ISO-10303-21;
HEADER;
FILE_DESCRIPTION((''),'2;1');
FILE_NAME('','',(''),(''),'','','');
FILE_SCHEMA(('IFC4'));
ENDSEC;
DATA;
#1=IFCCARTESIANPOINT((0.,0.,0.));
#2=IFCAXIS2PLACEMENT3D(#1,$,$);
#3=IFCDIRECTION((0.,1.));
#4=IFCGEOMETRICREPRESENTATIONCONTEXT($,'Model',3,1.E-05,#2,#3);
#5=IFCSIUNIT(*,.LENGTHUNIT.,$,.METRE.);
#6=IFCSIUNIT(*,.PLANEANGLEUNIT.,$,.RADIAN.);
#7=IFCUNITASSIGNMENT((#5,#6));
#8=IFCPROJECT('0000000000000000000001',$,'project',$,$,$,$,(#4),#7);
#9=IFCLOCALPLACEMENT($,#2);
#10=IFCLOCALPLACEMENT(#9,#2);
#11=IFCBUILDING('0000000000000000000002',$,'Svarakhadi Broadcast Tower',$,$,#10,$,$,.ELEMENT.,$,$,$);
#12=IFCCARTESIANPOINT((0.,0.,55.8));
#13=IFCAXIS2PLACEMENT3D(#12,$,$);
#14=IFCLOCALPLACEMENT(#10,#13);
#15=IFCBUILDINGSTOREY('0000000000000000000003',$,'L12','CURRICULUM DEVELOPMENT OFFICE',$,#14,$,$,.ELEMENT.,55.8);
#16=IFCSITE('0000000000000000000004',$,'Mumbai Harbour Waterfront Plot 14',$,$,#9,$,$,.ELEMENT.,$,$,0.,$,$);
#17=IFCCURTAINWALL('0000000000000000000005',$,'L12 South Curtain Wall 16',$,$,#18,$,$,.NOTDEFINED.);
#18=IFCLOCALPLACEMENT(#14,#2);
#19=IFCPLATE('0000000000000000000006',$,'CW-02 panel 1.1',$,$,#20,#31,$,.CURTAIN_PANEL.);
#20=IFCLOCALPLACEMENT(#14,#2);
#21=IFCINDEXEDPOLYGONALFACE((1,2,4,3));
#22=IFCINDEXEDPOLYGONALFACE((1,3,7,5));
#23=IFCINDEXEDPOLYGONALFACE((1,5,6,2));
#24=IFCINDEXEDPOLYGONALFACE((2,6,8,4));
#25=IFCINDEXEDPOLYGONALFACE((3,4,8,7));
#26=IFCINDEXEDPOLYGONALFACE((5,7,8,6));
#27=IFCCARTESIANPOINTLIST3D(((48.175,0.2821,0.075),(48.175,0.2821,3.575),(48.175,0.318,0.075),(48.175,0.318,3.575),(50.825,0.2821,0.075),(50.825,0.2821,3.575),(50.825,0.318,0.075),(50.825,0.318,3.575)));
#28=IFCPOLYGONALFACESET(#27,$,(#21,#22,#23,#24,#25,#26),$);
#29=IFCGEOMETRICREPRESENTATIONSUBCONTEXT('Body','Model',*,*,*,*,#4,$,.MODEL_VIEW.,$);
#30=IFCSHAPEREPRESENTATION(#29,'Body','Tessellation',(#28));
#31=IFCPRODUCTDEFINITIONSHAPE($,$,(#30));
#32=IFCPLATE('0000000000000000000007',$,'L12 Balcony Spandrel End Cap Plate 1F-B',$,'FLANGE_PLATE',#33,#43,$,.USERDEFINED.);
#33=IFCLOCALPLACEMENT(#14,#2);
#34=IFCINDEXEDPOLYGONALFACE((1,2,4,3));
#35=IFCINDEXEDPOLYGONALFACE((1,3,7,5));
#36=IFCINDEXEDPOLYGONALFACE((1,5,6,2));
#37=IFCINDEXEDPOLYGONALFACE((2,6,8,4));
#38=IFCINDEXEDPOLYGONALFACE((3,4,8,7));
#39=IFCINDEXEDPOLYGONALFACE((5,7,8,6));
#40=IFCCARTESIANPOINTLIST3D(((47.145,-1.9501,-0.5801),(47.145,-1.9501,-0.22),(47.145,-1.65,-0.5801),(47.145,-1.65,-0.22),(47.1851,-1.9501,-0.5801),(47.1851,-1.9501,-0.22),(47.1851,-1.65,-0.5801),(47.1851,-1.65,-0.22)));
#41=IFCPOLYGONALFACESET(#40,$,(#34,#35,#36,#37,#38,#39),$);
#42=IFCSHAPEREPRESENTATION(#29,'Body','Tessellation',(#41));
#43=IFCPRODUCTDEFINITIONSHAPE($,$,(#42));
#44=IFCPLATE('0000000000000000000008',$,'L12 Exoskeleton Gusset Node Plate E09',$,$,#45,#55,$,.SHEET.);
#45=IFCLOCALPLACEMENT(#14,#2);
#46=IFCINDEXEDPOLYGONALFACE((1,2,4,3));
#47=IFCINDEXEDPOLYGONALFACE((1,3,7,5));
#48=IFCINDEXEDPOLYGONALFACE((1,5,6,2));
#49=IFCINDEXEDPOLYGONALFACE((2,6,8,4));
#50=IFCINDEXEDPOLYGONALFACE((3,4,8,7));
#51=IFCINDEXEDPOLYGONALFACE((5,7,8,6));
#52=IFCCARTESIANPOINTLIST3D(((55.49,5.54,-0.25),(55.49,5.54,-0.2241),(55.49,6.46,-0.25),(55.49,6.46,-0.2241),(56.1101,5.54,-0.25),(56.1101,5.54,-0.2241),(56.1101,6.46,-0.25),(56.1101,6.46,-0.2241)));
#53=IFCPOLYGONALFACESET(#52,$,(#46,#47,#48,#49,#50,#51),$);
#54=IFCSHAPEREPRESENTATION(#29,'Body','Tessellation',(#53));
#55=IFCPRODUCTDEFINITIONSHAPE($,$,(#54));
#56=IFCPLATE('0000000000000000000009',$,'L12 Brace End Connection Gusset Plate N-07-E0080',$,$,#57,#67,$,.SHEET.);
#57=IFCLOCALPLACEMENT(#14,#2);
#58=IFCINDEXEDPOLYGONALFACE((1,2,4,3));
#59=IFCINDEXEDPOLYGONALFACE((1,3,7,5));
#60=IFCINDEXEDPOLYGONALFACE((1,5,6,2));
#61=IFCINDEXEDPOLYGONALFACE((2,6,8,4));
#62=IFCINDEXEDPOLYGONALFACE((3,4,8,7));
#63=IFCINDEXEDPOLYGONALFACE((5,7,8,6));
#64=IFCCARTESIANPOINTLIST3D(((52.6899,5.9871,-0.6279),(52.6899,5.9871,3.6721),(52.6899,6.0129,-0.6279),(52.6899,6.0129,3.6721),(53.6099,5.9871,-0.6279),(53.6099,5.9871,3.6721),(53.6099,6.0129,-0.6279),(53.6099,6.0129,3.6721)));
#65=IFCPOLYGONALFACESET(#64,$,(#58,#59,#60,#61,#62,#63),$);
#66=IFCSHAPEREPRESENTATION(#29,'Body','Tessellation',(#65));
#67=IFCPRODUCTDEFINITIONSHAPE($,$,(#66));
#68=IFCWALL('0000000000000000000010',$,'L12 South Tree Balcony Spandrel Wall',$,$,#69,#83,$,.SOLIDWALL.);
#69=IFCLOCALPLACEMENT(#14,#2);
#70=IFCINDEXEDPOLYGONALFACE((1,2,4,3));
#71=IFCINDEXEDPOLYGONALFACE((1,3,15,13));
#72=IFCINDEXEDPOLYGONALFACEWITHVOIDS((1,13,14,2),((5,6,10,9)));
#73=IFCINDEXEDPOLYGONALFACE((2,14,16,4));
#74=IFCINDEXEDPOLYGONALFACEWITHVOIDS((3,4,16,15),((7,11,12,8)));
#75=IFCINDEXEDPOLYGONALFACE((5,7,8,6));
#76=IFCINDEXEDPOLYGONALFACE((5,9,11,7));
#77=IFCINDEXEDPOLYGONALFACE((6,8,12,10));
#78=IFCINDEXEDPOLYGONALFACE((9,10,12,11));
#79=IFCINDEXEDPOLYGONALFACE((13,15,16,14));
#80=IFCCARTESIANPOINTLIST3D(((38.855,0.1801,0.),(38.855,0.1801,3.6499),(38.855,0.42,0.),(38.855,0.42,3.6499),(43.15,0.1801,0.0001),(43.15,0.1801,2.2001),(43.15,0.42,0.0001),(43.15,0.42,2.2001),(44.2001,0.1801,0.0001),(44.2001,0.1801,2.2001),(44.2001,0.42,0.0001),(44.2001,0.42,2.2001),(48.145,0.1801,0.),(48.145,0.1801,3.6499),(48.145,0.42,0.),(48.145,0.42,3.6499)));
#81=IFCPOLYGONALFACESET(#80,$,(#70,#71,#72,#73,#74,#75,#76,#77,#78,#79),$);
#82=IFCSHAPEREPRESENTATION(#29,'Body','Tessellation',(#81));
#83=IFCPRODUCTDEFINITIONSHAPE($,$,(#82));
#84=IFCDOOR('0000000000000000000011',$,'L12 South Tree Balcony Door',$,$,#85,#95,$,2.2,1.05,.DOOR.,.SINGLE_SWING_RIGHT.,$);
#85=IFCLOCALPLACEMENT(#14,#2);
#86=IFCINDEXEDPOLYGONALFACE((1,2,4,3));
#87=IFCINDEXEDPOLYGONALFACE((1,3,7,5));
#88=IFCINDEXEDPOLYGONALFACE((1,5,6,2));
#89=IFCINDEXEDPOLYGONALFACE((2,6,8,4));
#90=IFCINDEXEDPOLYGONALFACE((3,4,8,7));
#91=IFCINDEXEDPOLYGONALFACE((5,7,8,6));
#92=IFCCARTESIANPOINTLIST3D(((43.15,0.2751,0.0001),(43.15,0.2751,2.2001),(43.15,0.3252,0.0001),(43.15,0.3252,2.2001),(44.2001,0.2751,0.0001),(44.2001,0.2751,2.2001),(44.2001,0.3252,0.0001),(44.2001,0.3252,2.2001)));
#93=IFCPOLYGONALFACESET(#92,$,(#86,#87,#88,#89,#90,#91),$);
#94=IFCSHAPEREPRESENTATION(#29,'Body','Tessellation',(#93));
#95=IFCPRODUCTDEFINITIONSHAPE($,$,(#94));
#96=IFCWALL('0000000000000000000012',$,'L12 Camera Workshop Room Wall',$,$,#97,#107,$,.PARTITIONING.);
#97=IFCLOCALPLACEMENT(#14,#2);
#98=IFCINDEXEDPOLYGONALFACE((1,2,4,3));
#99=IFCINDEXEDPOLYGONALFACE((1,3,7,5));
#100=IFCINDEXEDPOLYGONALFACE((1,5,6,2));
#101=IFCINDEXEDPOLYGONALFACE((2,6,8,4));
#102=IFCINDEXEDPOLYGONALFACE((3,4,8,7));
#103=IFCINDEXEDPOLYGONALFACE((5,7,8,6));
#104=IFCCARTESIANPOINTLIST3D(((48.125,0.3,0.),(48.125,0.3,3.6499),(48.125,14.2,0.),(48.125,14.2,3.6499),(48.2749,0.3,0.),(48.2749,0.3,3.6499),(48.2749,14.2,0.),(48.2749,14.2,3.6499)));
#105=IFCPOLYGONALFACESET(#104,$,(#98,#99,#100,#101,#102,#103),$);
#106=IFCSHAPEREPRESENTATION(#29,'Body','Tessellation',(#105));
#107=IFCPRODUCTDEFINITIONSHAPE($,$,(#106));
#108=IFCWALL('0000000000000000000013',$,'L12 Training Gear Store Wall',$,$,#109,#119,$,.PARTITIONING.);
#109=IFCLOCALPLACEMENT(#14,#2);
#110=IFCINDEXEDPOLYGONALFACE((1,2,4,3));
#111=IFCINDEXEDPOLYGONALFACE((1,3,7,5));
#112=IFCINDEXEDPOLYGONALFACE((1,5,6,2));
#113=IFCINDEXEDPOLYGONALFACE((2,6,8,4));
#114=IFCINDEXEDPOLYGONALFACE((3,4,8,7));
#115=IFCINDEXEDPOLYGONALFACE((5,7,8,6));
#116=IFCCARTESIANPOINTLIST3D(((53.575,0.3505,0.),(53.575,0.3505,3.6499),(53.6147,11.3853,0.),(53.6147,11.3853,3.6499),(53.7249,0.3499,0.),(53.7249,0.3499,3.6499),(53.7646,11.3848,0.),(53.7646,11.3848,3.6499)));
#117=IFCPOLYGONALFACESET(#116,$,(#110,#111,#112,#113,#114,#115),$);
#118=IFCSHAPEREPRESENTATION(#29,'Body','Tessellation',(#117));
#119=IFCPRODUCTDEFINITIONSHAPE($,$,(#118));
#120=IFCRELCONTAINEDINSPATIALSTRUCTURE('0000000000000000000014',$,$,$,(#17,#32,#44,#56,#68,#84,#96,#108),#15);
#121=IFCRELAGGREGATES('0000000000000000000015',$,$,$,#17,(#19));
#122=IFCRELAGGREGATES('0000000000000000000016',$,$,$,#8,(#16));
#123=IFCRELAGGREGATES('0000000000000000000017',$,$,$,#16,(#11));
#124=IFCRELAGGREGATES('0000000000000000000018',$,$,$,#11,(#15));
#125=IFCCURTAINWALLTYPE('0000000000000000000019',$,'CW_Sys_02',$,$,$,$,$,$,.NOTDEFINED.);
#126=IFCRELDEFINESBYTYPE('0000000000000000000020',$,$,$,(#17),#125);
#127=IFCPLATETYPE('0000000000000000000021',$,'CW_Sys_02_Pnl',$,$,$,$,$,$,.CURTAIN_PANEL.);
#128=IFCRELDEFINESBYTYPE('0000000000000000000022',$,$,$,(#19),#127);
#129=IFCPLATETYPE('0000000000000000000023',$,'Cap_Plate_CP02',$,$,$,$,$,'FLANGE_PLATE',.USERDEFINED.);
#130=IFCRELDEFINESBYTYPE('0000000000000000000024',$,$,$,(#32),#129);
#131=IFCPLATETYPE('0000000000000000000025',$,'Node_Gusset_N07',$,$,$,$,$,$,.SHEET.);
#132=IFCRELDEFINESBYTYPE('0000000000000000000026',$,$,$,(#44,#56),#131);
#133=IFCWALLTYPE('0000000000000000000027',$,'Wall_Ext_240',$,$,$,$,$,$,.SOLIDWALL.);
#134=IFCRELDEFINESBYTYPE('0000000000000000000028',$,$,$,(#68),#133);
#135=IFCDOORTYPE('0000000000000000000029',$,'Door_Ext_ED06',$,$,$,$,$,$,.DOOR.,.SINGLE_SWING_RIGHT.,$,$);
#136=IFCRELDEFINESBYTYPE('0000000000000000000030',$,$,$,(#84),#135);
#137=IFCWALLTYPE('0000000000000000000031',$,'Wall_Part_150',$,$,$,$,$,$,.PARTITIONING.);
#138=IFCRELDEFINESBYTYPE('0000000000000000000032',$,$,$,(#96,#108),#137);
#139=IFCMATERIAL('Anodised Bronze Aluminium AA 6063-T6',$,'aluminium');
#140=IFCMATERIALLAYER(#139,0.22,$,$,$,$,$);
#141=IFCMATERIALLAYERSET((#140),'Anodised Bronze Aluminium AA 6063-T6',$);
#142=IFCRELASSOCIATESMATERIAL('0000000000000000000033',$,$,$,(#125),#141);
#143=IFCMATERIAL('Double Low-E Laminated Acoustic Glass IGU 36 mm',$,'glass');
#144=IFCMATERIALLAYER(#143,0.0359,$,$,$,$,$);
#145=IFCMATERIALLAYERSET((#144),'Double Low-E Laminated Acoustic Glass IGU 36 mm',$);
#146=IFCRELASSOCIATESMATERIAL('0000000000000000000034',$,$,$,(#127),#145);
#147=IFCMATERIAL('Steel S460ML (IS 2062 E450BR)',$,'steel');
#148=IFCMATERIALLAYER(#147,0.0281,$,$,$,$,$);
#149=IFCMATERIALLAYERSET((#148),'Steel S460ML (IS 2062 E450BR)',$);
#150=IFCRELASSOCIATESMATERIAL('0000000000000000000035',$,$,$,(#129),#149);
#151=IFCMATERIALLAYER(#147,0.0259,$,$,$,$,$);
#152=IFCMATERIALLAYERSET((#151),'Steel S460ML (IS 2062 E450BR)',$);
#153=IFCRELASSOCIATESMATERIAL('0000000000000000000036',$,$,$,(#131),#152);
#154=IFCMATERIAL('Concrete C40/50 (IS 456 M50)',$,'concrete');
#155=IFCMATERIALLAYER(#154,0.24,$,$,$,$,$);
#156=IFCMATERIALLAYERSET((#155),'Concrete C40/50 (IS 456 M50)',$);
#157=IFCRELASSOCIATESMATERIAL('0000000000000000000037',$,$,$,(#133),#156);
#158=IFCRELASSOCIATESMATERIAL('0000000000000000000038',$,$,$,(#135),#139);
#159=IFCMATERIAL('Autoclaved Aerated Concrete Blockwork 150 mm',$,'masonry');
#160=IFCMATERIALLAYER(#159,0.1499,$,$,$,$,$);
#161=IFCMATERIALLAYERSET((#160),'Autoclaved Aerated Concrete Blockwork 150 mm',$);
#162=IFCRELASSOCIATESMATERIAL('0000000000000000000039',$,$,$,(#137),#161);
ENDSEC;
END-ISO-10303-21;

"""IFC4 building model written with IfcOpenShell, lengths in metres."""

from ifc_helpers import new_model, si_unit, direction, frame, frame_2d, origin, origin_2d, place, context, subcontext, project, spatial, rectangle, extrude, material, layer, layer_set, type_object, element, fill, aggregate, save


model = new_model("IFC4")

# Units and contexts
model_context = context("Model", 3, precision=1e-05, world=origin(), true_north=direction((0.0, 1.0)))
body_context = subcontext(model_context, "Body", "Model", "MODEL_VIEW")
ifc_project = project(units=[si_unit("LENGTHUNIT", "METRE"), si_unit("PLANEANGLEUNIT", "RADIAN")], contexts=[model_context])

# Site, building, storey
site_placement = place(None, origin())
site = spatial("IfcSite", under=ifc_project, at=site_placement, Name="Mumbai Harbour Waterfront Plot 14", CompositionType="ELEMENT", RefElevation=0.0)
building_placement = place(site_placement, origin())
building = spatial("IfcBuilding", under=site, at=building_placement, Name="Svarakhadi Broadcast Tower", CompositionType="ELEMENT")
storey_placement = place(building_placement, frame((0.0, 0.0, 55.8)))
storey = spatial("IfcBuildingStorey", under=building, at=storey_placement, Name="L12", Description="CURRICULUM DEVELOPMENT OFFICE", CompositionType="ELEMENT", Elevation=55.8)

# Curtain wall
ifc_material_1 = material(Name="Anodised Bronze Aluminium AA 6063-T6", Category="aluminium")
ifc_layer_1 = layer(ifc_material_1, 0.22)
ifc_layer_set_1 = layer_set([ifc_layer_1], Name="Anodised Bronze Aluminium AA 6063-T6")
curtain_wall_type = type_object("IfcCurtainWallType", Name="CW_Sys_02", PredefinedType="NOTDEFINED", material=ifc_layer_set_1)
curtain_wall_1_placement = place(storey_placement, origin())
curtain_wall_1 = element("IfcCurtainWall", 1, at=curtain_wall_1_placement, inside=storey, type_object=curtain_wall_type, Name="L12 South Curtain Wall 16", PredefinedType="NOTDEFINED")

# Shared definitions
ifc_material_2 = material(Name="Steel S460ML (IS 2062 E450BR)", Category="steel")

# Plate
ifc_material_3 = material(Name="Double Low-E Laminated Acoustic Glass IGU 36 mm", Category="glass")
ifc_layer_2 = layer(ifc_material_3, 0.0359)
ifc_layer_set_2 = layer_set([ifc_layer_2], Name="Double Low-E Laminated Acoustic Glass IGU 36 mm")
plate_type_1 = type_object("IfcPlateType", Name="CW_Sys_02_Pnl", PredefinedType="CURTAIN_PANEL", material=ifc_layer_set_2)
plate_1_placement = place(storey_placement, frame((49.5, 0.3, 0.075), z_axis=(0.0, 0.0, 1.0), x_axis=(-1.0, 0.0, 0.0)))
plate_1 = element("IfcPlate", 2, at=plate_1_placement, type_object=plate_type_1, Name="CW-02 panel 1.1", PredefinedType="CURTAIN_PANEL", context=body_context, shape_type="SweptSolid", body=[
    extrude(rectangle(XDim=2.6499, YDim=0.0359, at=origin_2d()), origin(), (0.0, 0.0, 1.0), 3.5),
])
aggregate(curtain_wall_1, [plate_1])

# Plates
ifc_layer_3 = layer(ifc_material_2, 0.0281)
ifc_layer_set_3 = layer_set([ifc_layer_3], Name="Steel S460ML (IS 2062 E450BR)")
plate_type_2 = type_object("IfcPlateType", Name="Cap_Plate_CP02", ElementType="FLANGE_PLATE", PredefinedType="USERDEFINED", material=ifc_layer_set_3)
plate_2_placement = place(storey_placement, frame((47.165, -1.8, -0.5801), z_axis=(0.0, 0.0, 1.0), x_axis=(1.0, 0.0, 0.0)))
element("IfcPlate", 3, at=plate_2_placement, inside=storey, type_object=plate_type_2, Name="L12 Balcony Spandrel End Cap Plate 1F-B", ObjectType="FLANGE_PLATE", PredefinedType="USERDEFINED", context=body_context, shape_type="SweptSolid", body=[
    extrude(rectangle(XDim=0.04, YDim=0.3, at=origin_2d()), origin(), (0.0, 0.0, 1.0), 0.3601),
])
ifc_layer_4 = layer(ifc_material_2, 0.0259)
ifc_layer_set_4 = layer_set([ifc_layer_4], Name="Steel S460ML (IS 2062 E450BR)")
plate_type_3 = type_object("IfcPlateType", Name="Node_Gusset_N07", PredefinedType="SHEET", material=ifc_layer_set_4)
plate_3_placement = place(storey_placement, frame((55.8, 6.0, -0.25), z_axis=(0.0, 0.0, 1.0), x_axis=(0.0, 1.0, 0.0)))
element("IfcPlate", 4, at=plate_3_placement, inside=storey, type_object=plate_type_3, Name="L12 Exoskeleton Gusset Node Plate E09", PredefinedType="SHEET", context=body_context, shape_type="SweptSolid", body=[
    extrude(rectangle(XDim=0.9199, YDim=0.6201, at=origin_2d()), origin(), (0.0, 0.0, 1.0), 0.0259),
])
plate_4_placement = place(storey_placement, frame((53.1499, 6.0, -0.6279), z_axis=(0.0, 0.0, 1.0), x_axis=(1.0, 0.0, 0.0)))
element("IfcPlate", 5, at=plate_4_placement, inside=storey, type_object=plate_type_3, Name="L12 Brace End Connection Gusset Plate N-07-E0080", PredefinedType="SHEET", context=body_context, shape_type="SweptSolid", body=[
    extrude(rectangle(XDim=0.9199, YDim=0.0259, at=origin_2d()), origin(), (0.0, 0.0, 1.0), 4.3),
])

# Wall, opening, door
ifc_material_4 = material(Name="Concrete C40/50 (IS 456 M50)", Category="concrete")
ifc_layer_5 = layer(ifc_material_4, 0.24)
ifc_layer_set_5 = layer_set([ifc_layer_5], Name="Concrete C40/50 (IS 456 M50)")
wall_type_1 = type_object("IfcWallType", Name="Wall_Ext_240", PredefinedType="SOLIDWALL", material=ifc_layer_set_5)
wall_1_placement = place(storey_placement, frame((48.145, 0.3, 0.0), z_axis=(0.0, 0.0, 1.0), x_axis=(-1.0, 0.0, 0.0)))
wall_1 = element("IfcWall", 6, at=wall_1_placement, inside=storey, type_object=wall_type_1, Name="L12 South Tree Balcony Spandrel Wall", PredefinedType="SOLIDWALL", context=body_context, shape_type="SweptSolid", body=[
    extrude(rectangle(XDim=9.29, YDim=0.24, at=frame_2d((4.645, 0.0))), origin(), (0.0, 0.0, 1.0), 3.6499),
])
opening_placement = place(wall_1_placement, frame((3.9451, 0.0, 0.0)))
opening = element("IfcOpeningElement", 7, at=opening_placement, cuts=wall_1, PredefinedType="OPENING", context=body_context, shape_type="SweptSolid", body=[
    extrude(rectangle(XDim=1.05, YDim=2.2, at=frame_2d((0.5249, 1.1001))), frame((0.0, 0.1299, 0.0), z_axis=(0.0, -1.0, 0.0), x_axis=(1.0, 0.0, 0.0)), (0.0, 0.0, 1.0), 0.26),
])
door_type = type_object("IfcDoorType", Name="Door_Ext_ED06", OperationType="SINGLE_SWING_RIGHT", PredefinedType="DOOR", material=ifc_material_1)
door_placement = place(opening_placement, origin())
door = element("IfcDoor", 8, at=door_placement, inside=storey, type_object=door_type, Name="L12 South Tree Balcony Door", OperationType="SINGLE_SWING_RIGHT", OverallHeight=2.2, OverallWidth=1.05, PredefinedType="DOOR", context=body_context, shape_type="SweptSolid", body=[
    extrude(rectangle(XDim=1.05, YDim=2.2, at=frame_2d((0.5249, 1.1001))), frame((0.0, 0.0249, 0.0), z_axis=(0.0, -1.0, 0.0), x_axis=(1.0, 0.0, 0.0)), (0.0, 0.0, 1.0), 0.05),
])
fill(opening, door)

# Walls
ifc_material_5 = material(Name="Autoclaved Aerated Concrete Blockwork 150 mm", Category="masonry")
ifc_layer_6 = layer(ifc_material_5, 0.1499)
ifc_layer_set_6 = layer_set([ifc_layer_6], Name="Autoclaved Aerated Concrete Blockwork 150 mm")
wall_type_2 = type_object("IfcWallType", Name="Wall_Part_150", PredefinedType="PARTITIONING", material=ifc_layer_set_6)
wall_2_placement = place(storey_placement, frame((48.2, 0.3, 0.0), z_axis=(0.0, 0.0, 1.0), x_axis=(0.0, 1.0, 0.0)))
element("IfcWall", 9, at=wall_2_placement, inside=storey, type_object=wall_type_2, Name="L12 Camera Workshop Room Wall", PredefinedType="PARTITIONING", context=body_context, shape_type="SweptSolid", body=[
    extrude(rectangle(XDim=13.8999, YDim=0.1499, at=frame_2d((6.95, 0.0))), origin(), (0.0, 0.0, 1.0), 3.6499),
])
wall_3_placement = place(storey_placement, frame((53.6499, 0.3501, 0.0), z_axis=(0.0, 0.0, 1.0), x_axis=(0.003606, 0.999993, 0.0)))
element("IfcWall", 10, at=wall_3_placement, inside=storey, type_object=wall_type_2, Name="L12 Training Gear Store Wall", PredefinedType="PARTITIONING", context=body_context, shape_type="SweptSolid", body=[
    extrude(rectangle(XDim=11.0349, YDim=0.1499, at=frame_2d((5.5176, 0.0))), origin(), (0.0, 0.0, 1.0), 3.6499),
])

save(model, "model.ifc")
